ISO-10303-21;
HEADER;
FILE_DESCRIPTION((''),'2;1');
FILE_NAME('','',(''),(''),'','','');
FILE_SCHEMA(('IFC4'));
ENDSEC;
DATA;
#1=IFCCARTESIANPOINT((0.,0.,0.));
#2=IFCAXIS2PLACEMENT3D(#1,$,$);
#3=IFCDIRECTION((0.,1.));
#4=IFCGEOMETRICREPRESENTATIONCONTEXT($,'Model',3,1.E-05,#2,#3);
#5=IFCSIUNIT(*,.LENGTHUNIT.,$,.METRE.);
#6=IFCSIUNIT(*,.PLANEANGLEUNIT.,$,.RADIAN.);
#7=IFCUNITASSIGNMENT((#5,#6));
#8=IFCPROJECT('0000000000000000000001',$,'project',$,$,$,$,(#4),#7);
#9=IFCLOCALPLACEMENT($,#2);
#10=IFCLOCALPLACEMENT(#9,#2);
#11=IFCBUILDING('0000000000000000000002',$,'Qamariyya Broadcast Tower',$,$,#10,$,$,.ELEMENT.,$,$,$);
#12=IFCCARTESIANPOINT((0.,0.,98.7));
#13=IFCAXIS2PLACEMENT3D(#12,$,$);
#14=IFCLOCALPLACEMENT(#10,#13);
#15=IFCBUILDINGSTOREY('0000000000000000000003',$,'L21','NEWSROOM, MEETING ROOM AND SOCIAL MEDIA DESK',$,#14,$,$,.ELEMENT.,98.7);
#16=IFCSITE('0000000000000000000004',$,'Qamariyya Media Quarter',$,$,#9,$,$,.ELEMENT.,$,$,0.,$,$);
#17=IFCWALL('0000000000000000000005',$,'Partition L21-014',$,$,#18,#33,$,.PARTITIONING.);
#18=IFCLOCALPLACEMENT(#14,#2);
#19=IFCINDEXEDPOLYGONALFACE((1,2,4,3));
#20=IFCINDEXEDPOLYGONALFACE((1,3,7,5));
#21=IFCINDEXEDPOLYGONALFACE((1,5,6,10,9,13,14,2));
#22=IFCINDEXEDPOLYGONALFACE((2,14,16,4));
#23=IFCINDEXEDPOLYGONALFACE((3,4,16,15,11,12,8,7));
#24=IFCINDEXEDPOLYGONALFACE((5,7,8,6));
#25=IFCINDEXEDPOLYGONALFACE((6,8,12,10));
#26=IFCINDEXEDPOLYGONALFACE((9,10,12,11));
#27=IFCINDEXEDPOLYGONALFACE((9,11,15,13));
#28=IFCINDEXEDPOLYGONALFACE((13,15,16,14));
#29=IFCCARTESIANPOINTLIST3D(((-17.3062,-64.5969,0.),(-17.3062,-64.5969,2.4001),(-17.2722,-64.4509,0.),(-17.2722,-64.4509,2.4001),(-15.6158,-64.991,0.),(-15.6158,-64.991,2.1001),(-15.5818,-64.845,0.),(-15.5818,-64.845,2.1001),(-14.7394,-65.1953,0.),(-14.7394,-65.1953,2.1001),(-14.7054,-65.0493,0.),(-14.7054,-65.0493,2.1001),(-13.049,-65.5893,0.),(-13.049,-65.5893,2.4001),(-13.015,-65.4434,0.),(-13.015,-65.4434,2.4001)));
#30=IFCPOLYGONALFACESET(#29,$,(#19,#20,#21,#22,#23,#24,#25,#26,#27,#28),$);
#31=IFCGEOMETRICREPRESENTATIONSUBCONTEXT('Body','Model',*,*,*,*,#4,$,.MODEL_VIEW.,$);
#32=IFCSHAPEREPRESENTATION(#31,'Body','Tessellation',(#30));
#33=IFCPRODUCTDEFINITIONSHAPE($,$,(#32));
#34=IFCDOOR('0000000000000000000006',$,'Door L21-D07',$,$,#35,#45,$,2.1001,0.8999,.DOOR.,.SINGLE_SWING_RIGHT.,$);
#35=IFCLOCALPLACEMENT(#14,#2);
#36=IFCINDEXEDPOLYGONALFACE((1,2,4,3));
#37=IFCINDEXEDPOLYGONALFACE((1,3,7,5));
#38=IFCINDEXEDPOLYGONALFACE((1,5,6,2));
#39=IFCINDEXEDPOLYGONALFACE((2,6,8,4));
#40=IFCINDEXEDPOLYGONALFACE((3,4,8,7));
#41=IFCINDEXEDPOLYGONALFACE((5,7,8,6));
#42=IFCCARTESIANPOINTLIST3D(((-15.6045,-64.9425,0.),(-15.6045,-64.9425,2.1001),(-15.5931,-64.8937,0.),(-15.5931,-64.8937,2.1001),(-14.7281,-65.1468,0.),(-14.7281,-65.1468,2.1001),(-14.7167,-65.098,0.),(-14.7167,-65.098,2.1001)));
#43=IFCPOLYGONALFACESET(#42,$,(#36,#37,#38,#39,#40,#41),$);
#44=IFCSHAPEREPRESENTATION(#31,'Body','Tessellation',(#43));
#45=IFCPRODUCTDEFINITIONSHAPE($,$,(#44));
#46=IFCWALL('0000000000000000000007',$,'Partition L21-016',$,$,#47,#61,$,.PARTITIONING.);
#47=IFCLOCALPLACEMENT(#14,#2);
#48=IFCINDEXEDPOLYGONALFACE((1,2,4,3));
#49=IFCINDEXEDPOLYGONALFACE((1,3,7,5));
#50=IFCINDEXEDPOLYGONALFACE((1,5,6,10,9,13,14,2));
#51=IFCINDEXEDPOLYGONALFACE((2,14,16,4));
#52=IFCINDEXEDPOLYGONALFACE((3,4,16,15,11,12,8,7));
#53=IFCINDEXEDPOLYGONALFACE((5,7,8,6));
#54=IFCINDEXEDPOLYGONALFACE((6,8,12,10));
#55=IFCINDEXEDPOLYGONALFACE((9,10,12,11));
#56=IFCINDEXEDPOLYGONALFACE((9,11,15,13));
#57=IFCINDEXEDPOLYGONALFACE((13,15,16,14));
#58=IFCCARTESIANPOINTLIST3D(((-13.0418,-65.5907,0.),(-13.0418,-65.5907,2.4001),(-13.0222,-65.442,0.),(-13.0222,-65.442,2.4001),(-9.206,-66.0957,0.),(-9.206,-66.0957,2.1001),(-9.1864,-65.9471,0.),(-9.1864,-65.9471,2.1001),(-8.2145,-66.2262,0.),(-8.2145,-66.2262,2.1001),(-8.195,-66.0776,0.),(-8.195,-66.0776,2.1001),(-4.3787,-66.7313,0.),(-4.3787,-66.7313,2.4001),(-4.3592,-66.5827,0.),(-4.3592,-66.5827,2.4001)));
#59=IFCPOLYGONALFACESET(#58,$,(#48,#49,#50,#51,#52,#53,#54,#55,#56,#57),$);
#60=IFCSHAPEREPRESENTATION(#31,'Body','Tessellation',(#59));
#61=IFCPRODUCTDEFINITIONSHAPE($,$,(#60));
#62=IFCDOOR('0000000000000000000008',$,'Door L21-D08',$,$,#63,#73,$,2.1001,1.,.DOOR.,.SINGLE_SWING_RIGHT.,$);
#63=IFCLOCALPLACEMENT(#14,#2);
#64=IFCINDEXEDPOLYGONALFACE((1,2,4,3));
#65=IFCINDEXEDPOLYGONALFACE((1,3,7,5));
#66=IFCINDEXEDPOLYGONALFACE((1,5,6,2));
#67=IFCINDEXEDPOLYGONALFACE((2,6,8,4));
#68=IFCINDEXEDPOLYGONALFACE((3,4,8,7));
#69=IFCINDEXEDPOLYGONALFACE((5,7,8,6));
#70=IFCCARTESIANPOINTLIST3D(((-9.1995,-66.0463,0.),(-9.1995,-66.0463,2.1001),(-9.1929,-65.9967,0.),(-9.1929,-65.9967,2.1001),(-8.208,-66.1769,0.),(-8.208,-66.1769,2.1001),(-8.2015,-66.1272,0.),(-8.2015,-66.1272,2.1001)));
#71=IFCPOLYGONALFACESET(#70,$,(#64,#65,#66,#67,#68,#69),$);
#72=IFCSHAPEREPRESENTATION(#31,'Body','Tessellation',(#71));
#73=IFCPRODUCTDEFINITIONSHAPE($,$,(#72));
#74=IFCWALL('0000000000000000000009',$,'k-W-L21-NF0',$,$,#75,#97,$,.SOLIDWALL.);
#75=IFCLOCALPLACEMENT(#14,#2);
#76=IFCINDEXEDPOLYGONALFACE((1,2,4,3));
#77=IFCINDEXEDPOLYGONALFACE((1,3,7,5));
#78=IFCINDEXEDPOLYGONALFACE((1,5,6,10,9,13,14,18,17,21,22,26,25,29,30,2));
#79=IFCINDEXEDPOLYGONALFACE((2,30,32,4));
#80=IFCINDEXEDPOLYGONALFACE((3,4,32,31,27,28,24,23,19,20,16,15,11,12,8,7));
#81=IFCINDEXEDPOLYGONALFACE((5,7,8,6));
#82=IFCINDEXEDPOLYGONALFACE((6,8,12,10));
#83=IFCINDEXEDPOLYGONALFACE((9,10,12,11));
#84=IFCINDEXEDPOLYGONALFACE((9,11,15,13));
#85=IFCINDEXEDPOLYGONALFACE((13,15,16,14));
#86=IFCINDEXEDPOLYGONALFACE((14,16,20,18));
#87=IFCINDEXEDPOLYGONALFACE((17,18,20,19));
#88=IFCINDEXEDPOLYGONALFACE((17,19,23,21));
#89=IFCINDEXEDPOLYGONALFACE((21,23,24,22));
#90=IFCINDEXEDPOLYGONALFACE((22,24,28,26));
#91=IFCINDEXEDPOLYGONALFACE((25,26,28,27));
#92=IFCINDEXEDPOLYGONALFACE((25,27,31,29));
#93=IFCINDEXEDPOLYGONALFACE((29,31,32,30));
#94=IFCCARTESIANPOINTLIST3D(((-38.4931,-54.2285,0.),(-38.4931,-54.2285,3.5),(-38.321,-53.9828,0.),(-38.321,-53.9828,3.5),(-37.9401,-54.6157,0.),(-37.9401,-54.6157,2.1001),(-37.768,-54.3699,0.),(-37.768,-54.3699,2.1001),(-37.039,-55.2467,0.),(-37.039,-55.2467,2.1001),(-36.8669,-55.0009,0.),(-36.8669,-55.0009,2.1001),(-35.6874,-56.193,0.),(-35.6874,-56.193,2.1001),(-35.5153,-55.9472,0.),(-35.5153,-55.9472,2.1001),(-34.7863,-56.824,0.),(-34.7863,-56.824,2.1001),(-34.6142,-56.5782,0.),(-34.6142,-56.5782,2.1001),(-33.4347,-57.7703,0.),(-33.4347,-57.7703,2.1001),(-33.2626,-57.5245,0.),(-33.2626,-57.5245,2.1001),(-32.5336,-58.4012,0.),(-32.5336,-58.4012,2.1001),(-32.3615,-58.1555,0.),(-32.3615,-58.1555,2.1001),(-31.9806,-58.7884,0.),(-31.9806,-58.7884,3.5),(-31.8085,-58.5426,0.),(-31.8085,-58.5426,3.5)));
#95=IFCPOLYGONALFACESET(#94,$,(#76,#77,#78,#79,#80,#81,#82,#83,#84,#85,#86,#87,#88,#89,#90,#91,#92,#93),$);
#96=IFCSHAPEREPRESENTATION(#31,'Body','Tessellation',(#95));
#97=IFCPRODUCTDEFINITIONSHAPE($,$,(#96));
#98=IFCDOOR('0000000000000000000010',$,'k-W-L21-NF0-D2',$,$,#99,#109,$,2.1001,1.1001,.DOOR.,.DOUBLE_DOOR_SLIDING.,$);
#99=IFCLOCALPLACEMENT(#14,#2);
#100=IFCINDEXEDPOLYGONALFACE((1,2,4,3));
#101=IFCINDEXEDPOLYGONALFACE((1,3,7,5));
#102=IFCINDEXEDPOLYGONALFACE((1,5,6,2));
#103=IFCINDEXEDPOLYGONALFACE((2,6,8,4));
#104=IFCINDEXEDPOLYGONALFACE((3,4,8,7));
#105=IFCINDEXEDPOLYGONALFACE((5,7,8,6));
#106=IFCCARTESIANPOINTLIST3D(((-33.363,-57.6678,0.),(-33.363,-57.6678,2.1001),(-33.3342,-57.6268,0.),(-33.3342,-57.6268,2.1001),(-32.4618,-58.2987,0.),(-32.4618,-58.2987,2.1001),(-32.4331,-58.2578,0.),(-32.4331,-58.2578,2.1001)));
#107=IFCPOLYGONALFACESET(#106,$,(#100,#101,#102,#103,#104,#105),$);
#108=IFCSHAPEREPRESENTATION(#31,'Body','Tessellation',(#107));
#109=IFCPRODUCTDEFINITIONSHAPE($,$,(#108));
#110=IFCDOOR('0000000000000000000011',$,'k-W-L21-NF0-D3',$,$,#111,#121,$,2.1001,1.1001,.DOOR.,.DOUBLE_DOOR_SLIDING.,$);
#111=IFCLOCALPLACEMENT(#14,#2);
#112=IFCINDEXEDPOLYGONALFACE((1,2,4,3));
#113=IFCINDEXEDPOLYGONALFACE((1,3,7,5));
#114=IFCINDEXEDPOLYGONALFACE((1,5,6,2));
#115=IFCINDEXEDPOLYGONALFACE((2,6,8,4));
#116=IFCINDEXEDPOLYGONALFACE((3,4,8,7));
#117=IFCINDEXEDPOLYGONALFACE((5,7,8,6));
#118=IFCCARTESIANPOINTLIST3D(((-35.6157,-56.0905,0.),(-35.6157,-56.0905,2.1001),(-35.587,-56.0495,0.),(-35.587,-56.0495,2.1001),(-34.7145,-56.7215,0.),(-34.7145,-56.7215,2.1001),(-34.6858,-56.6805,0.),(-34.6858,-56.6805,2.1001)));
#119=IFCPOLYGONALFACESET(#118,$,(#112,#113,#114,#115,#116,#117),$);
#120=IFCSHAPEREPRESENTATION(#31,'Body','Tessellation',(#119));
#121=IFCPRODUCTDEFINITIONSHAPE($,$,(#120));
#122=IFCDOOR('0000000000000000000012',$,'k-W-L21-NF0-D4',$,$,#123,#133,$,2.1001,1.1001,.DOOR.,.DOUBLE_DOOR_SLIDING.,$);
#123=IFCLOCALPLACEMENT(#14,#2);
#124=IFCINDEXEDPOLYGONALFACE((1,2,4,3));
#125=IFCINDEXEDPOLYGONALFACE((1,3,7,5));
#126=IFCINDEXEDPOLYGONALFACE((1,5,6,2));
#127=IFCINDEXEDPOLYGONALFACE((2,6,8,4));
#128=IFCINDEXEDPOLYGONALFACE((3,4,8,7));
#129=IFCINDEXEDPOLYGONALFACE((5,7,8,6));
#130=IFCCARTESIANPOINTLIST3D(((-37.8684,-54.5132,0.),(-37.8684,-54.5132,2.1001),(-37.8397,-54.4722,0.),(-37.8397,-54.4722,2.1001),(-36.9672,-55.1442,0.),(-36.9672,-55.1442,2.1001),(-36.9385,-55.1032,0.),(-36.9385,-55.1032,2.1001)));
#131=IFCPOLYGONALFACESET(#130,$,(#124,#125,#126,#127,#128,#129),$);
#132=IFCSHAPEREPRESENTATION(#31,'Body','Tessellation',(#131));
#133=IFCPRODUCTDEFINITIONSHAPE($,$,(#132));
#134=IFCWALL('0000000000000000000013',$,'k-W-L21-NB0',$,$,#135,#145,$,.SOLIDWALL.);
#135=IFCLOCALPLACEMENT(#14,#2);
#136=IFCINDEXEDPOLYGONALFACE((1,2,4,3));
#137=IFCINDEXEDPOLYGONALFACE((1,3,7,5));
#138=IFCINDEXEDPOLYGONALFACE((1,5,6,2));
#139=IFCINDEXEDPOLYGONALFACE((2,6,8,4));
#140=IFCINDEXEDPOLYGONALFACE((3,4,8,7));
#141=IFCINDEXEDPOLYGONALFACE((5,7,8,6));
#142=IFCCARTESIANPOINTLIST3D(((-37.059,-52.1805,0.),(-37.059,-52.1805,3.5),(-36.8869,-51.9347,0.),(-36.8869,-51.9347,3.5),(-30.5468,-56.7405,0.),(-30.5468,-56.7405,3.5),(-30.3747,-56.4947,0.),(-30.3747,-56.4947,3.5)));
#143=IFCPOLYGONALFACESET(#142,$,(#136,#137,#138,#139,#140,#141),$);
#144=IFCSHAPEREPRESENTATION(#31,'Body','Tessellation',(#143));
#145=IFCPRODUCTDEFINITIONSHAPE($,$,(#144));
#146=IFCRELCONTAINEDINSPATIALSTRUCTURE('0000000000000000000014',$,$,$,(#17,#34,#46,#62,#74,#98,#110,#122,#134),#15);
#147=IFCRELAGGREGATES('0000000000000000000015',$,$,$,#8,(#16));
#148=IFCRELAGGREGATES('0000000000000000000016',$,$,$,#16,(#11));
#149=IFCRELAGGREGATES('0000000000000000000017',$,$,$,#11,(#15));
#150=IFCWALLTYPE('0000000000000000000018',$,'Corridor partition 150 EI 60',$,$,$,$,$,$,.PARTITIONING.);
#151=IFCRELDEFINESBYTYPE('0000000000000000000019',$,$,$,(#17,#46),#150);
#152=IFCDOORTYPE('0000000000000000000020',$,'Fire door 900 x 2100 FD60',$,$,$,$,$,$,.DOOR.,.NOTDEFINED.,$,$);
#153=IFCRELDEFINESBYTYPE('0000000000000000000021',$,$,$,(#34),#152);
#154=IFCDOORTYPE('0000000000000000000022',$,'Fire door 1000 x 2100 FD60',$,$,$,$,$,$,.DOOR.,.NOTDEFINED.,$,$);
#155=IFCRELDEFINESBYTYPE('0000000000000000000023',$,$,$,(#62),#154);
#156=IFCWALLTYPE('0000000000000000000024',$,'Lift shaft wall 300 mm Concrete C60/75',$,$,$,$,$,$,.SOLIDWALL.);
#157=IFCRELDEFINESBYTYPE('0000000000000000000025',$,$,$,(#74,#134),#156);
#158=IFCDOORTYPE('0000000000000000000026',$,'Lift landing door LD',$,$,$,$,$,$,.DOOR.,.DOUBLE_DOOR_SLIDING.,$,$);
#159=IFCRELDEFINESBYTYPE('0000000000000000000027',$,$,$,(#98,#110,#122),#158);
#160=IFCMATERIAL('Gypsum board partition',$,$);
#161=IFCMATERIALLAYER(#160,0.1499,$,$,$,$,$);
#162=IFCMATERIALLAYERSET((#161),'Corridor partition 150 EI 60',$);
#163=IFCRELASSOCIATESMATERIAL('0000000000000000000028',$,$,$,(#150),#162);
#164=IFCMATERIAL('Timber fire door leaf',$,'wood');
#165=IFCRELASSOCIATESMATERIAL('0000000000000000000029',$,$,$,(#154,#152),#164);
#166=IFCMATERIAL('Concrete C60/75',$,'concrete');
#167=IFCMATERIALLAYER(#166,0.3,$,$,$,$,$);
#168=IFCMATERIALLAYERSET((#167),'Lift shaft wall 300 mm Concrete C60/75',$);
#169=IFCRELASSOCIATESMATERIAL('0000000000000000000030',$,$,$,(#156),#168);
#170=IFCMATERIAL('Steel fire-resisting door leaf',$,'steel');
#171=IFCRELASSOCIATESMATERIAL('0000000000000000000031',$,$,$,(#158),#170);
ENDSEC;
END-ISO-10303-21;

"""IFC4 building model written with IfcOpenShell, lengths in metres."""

from ifc_helpers import new_model, si_unit, direction, frame, frame_2d, origin, place, context, subcontext, project, spatial, rectangle, extrude, material, layer, layer_set, type_object, element, fill, save


model = new_model("IFC4")

# Units and contexts
model_context = context("Model", 3, precision=1e-05, world=origin(), true_north=direction((0.0, 1.0)))
body_context = subcontext(model_context, "Body", "Model", "MODEL_VIEW")
ifc_project = project(units=[si_unit("LENGTHUNIT", "METRE"), si_unit("PLANEANGLEUNIT", "RADIAN")], contexts=[model_context])

# Site, building, storey
site_placement = place(None, origin())
site = spatial("IfcSite", under=ifc_project, at=site_placement, Name="Qamariyya Media Quarter", CompositionType="ELEMENT", RefElevation=0.0)
building_placement = place(site_placement, origin())
building = spatial("IfcBuilding", under=site, at=building_placement, Name="Qamariyya Broadcast Tower", CompositionType="ELEMENT")
storey_placement = place(building_placement, frame((0.0, 0.0, 98.7)))
storey = spatial("IfcBuildingStorey", under=building, at=storey_placement, Name="L21", Description="NEWSROOM, MEETING ROOM AND SOCIAL MEDIA DESK", CompositionType="ELEMENT", Elevation=98.7)

# Shared definitions
ifc_material_1 = material(Name="Gypsum board partition")
ifc_layer_1 = layer(ifc_material_1, 0.1499)
ifc_layer_set_1 = layer_set([ifc_layer_1], Name="Corridor partition 150 EI 60")
wall_type_1 = type_object("IfcWallType", Name="Corridor partition 150 EI 60", PredefinedType="PARTITIONING", material=ifc_layer_set_1)

# Walls, openings, doors
ifc_material_2 = material(Name="Timber fire door leaf", Category="wood")
door_type_1 = type_object("IfcDoorType", Name="Fire door 1000 x 2100 FD60", OperationType="NOTDEFINED", PredefinedType="DOOR", material=ifc_material_2)
wall_1_placement = place(storey_placement, frame((-17.2891, -64.5239, 0.0), z_axis=(0.0, 0.0, 1.0), x_axis=(0.973886, -0.227037, 0.0)))
wall_1 = element("IfcWall", 1, at=wall_1_placement, inside=storey, type_object=wall_type_1, Name="Partition L21-014", PredefinedType="PARTITIONING", context=body_context, shape_type="SweptSolid", body=[
    extrude(rectangle(XDim=4.3713, YDim=0.1499, at=frame_2d((2.1855, 0.0))), origin(), (0.0, 0.0, 1.0), 2.4001),
])
opening_1_placement = place(wall_1_placement, frame((1.7356, 0.0, 0.0)))
opening_1 = element("IfcOpeningElement", 2, at=opening_1_placement, cuts=wall_1, PredefinedType="OPENING", context=body_context, shape_type="SweptSolid", body=[
    extrude(rectangle(XDim=0.8999, YDim=2.1001, at=frame_2d((0.45, 1.05))), frame((0.0, 0.085, 0.0), z_axis=(0.0, -1.0, 0.0), x_axis=(1.0, 0.0, 0.0)), (0.0, 0.0, 1.0), 0.1699),
])
door_type_2 = type_object("IfcDoorType", Name="Fire door 900 x 2100 FD60", OperationType="NOTDEFINED", PredefinedType="DOOR", material=ifc_material_2)
door_1_placement = place(opening_1_placement, origin())
door_1 = element("IfcDoor", 3, at=door_1_placement, inside=storey, type_object=door_type_2, Name="Door L21-D07", OperationType="SINGLE_SWING_RIGHT", OverallHeight=2.1001, OverallWidth=0.8999, PredefinedType="DOOR", context=body_context, shape_type="SweptSolid", body=[
    extrude(rectangle(XDim=0.8999, YDim=2.1001, at=frame_2d((0.45, 1.05))), frame((0.0, 0.0249, 0.0), z_axis=(0.0, -1.0, 0.0), x_axis=(1.0, 0.0, 0.0)), (0.0, 0.0, 1.0), 0.05),
])
fill(opening_1, door_1)
wall_2_placement = place(storey_placement, frame((-13.032, -65.5164, 0.0), z_axis=(0.0, 0.0, 1.0), x_axis=(0.991443, -0.130538, 0.0)))
wall_2 = element("IfcWall", 4, at=wall_2_placement, inside=storey, type_object=wall_type_1, Name="Partition L21-016", PredefinedType="PARTITIONING", context=body_context, shape_type="SweptSolid", body=[
    extrude(rectangle(XDim=8.7378, YDim=0.1499, at=frame_2d((4.3689, 0.0))), origin(), (0.0, 0.0, 1.0), 2.4001),
])
opening_2_placement = place(wall_2_placement, frame((3.8689, 0.0, 0.0)))
opening_2 = element("IfcOpeningElement", 5, at=opening_2_placement, cuts=wall_2, PredefinedType="OPENING", context=body_context, shape_type="SweptSolid", body=[
    extrude(rectangle(XDim=1.0, YDim=2.1001, at=frame_2d((0.5, 1.05))), frame((0.0, 0.085, 0.0), z_axis=(0.0, -1.0, 0.0), x_axis=(1.0, 0.0, 0.0)), (0.0, 0.0, 1.0), 0.1699),
])
door_2_placement = place(opening_2_placement, origin())
door_2 = element("IfcDoor", 6, at=door_2_placement, inside=storey, type_object=door_type_1, Name="Door L21-D08", OperationType="SINGLE_SWING_RIGHT", OverallHeight=2.1001, OverallWidth=1.0, PredefinedType="DOOR", context=body_context, shape_type="SweptSolid", body=[
    extrude(rectangle(XDim=1.0, YDim=2.1001, at=frame_2d((0.5, 1.05))), frame((0.0, 0.0249, 0.0), z_axis=(0.0, -1.0, 0.0), x_axis=(1.0, 0.0, 0.0)), (0.0, 0.0, 1.0), 0.05),
])
fill(opening_2, door_2)

# Wall, openings, doors
ifc_material_3 = material(Name="Concrete C60/75", Category="concrete")
ifc_layer_2 = layer(ifc_material_3, 0.3)
ifc_layer_set_2 = layer_set([ifc_layer_2], Name="Lift shaft wall 300 mm Concrete C60/75")
wall_type_2 = type_object("IfcWallType", Name="Lift shaft wall 300 mm Concrete C60/75", PredefinedType="SOLIDWALL", material=ifc_layer_set_2)
wall_3_placement = place(storey_placement, frame((-31.8945, -58.6655, 0.0), z_axis=(0.0, 0.0, 1.0), x_axis=(-0.819167, 0.573555, 0.0)))
wall_3 = element("IfcWall", 7, at=wall_3_placement, inside=storey, type_object=wall_type_2, Name="k-W-L21-NF0", PredefinedType="SOLIDWALL", context=body_context, shape_type="SweptSolid", body=[
    extrude(rectangle(XDim=7.9502, YDim=0.3, at=frame_2d((3.9751, 0.0))), origin(), (0.0, 0.0, 1.0), 3.5),
])
opening_3_placement = place(wall_3_placement, frame((0.675, 0.0, 0.0)))
opening_3 = element("IfcOpeningElement", 8, at=opening_3_placement, cuts=wall_3, PredefinedType="OPENING", context=body_context, shape_type="SweptSolid", body=[
    extrude(rectangle(XDim=1.1001, YDim=2.1001, at=frame_2d((0.55, 1.05))), frame((0.0, 0.1599, 0.0), z_axis=(0.0, -1.0, 0.0), x_axis=(1.0, 0.0, 0.0)), (0.0, 0.0, 1.0), 0.3201),
])
opening_4_placement = place(wall_3_placement, frame((3.425, 0.0, 0.0)))
opening_4 = element("IfcOpeningElement", 9, at=opening_4_placement, cuts=wall_3, PredefinedType="OPENING", context=body_context, shape_type="SweptSolid", body=[
    extrude(rectangle(XDim=1.1001, YDim=2.1001, at=frame_2d((0.55, 1.05))), frame((0.0, 0.1599, 0.0), z_axis=(0.0, -1.0, 0.0), x_axis=(1.0, 0.0, 0.0)), (0.0, 0.0, 1.0), 0.3201),
])
opening_5_placement = place(wall_3_placement, frame((6.175, 0.0, 0.0)))
opening_5 = element("IfcOpeningElement", 10, at=opening_5_placement, cuts=wall_3, PredefinedType="OPENING", context=body_context, shape_type="SweptSolid", body=[
    extrude(rectangle(XDim=1.1001, YDim=2.1001, at=frame_2d((0.55, 1.05))), frame((0.0, 0.1599, 0.0), z_axis=(0.0, -1.0, 0.0), x_axis=(1.0, 0.0, 0.0)), (0.0, 0.0, 1.0), 0.3201),
])
ifc_material_4 = material(Name="Steel fire-resisting door leaf", Category="steel")
door_type_3 = type_object("IfcDoorType", Name="Lift landing door LD", OperationType="DOUBLE_DOOR_SLIDING", PredefinedType="DOOR", material=ifc_material_4)
door_3_placement = place(opening_3_placement, origin())
door_3 = element("IfcDoor", 11, at=door_3_placement, inside=storey, type_object=door_type_3, Name="k-W-L21-NF0-D2", OperationType="DOUBLE_DOOR_SLIDING", OverallHeight=2.1001, OverallWidth=1.1001, PredefinedType="DOOR", context=body_context, shape_type="SweptSolid", body=[
    extrude(rectangle(XDim=1.1001, YDim=2.1001, at=frame_2d((0.55, 1.05))), frame((0.0, 0.0249, 0.0), z_axis=(0.0, -1.0, 0.0), x_axis=(1.0, 0.0, 0.0)), (0.0, 0.0, 1.0), 0.05),
])
fill(opening_3, door_3)
door_4_placement = place(opening_4_placement, origin())
door_4 = element("IfcDoor", 12, at=door_4_placement, inside=storey, type_object=door_type_3, Name="k-W-L21-NF0-D3", OperationType="DOUBLE_DOOR_SLIDING", OverallHeight=2.1001, OverallWidth=1.1001, PredefinedType="DOOR", context=body_context, shape_type="SweptSolid", body=[
    extrude(rectangle(XDim=1.1001, YDim=2.1001, at=frame_2d((0.55, 1.05))), frame((0.0, 0.0249, 0.0), z_axis=(0.0, -1.0, 0.0), x_axis=(1.0, 0.0, 0.0)), (0.0, 0.0, 1.0), 0.05),
])
fill(opening_4, door_4)
door_5_placement = place(opening_5_placement, origin())
door_5 = element("IfcDoor", 13, at=door_5_placement, inside=storey, type_object=door_type_3, Name="k-W-L21-NF0-D4", OperationType="DOUBLE_DOOR_SLIDING", OverallHeight=2.1001, OverallWidth=1.1001, PredefinedType="DOOR", context=body_context, shape_type="SweptSolid", body=[
    extrude(rectangle(XDim=1.1001, YDim=2.1001, at=frame_2d((0.55, 1.05))), frame((0.0, 0.0249, 0.0), z_axis=(0.0, -1.0, 0.0), x_axis=(1.0, 0.0, 0.0)), (0.0, 0.0, 1.0), 0.05),
])
fill(opening_5, door_5)

# Wall
wall_4_placement = place(storey_placement, frame((-30.4607, -56.6177, 0.0), z_axis=(0.0, 0.0, 1.0), x_axis=(-0.819142, 0.57359, 0.0)))
element("IfcWall", 14, at=wall_4_placement, inside=storey, type_object=wall_type_2, Name="k-W-L21-NB0", PredefinedType="SOLIDWALL", context=body_context, shape_type="SweptSolid", body=[
    extrude(rectangle(XDim=7.95, YDim=0.3, at=frame_2d((3.9751, 0.0))), origin(), (0.0, 0.0, 1.0), 3.5),
])

save(model, "model.ifc")
